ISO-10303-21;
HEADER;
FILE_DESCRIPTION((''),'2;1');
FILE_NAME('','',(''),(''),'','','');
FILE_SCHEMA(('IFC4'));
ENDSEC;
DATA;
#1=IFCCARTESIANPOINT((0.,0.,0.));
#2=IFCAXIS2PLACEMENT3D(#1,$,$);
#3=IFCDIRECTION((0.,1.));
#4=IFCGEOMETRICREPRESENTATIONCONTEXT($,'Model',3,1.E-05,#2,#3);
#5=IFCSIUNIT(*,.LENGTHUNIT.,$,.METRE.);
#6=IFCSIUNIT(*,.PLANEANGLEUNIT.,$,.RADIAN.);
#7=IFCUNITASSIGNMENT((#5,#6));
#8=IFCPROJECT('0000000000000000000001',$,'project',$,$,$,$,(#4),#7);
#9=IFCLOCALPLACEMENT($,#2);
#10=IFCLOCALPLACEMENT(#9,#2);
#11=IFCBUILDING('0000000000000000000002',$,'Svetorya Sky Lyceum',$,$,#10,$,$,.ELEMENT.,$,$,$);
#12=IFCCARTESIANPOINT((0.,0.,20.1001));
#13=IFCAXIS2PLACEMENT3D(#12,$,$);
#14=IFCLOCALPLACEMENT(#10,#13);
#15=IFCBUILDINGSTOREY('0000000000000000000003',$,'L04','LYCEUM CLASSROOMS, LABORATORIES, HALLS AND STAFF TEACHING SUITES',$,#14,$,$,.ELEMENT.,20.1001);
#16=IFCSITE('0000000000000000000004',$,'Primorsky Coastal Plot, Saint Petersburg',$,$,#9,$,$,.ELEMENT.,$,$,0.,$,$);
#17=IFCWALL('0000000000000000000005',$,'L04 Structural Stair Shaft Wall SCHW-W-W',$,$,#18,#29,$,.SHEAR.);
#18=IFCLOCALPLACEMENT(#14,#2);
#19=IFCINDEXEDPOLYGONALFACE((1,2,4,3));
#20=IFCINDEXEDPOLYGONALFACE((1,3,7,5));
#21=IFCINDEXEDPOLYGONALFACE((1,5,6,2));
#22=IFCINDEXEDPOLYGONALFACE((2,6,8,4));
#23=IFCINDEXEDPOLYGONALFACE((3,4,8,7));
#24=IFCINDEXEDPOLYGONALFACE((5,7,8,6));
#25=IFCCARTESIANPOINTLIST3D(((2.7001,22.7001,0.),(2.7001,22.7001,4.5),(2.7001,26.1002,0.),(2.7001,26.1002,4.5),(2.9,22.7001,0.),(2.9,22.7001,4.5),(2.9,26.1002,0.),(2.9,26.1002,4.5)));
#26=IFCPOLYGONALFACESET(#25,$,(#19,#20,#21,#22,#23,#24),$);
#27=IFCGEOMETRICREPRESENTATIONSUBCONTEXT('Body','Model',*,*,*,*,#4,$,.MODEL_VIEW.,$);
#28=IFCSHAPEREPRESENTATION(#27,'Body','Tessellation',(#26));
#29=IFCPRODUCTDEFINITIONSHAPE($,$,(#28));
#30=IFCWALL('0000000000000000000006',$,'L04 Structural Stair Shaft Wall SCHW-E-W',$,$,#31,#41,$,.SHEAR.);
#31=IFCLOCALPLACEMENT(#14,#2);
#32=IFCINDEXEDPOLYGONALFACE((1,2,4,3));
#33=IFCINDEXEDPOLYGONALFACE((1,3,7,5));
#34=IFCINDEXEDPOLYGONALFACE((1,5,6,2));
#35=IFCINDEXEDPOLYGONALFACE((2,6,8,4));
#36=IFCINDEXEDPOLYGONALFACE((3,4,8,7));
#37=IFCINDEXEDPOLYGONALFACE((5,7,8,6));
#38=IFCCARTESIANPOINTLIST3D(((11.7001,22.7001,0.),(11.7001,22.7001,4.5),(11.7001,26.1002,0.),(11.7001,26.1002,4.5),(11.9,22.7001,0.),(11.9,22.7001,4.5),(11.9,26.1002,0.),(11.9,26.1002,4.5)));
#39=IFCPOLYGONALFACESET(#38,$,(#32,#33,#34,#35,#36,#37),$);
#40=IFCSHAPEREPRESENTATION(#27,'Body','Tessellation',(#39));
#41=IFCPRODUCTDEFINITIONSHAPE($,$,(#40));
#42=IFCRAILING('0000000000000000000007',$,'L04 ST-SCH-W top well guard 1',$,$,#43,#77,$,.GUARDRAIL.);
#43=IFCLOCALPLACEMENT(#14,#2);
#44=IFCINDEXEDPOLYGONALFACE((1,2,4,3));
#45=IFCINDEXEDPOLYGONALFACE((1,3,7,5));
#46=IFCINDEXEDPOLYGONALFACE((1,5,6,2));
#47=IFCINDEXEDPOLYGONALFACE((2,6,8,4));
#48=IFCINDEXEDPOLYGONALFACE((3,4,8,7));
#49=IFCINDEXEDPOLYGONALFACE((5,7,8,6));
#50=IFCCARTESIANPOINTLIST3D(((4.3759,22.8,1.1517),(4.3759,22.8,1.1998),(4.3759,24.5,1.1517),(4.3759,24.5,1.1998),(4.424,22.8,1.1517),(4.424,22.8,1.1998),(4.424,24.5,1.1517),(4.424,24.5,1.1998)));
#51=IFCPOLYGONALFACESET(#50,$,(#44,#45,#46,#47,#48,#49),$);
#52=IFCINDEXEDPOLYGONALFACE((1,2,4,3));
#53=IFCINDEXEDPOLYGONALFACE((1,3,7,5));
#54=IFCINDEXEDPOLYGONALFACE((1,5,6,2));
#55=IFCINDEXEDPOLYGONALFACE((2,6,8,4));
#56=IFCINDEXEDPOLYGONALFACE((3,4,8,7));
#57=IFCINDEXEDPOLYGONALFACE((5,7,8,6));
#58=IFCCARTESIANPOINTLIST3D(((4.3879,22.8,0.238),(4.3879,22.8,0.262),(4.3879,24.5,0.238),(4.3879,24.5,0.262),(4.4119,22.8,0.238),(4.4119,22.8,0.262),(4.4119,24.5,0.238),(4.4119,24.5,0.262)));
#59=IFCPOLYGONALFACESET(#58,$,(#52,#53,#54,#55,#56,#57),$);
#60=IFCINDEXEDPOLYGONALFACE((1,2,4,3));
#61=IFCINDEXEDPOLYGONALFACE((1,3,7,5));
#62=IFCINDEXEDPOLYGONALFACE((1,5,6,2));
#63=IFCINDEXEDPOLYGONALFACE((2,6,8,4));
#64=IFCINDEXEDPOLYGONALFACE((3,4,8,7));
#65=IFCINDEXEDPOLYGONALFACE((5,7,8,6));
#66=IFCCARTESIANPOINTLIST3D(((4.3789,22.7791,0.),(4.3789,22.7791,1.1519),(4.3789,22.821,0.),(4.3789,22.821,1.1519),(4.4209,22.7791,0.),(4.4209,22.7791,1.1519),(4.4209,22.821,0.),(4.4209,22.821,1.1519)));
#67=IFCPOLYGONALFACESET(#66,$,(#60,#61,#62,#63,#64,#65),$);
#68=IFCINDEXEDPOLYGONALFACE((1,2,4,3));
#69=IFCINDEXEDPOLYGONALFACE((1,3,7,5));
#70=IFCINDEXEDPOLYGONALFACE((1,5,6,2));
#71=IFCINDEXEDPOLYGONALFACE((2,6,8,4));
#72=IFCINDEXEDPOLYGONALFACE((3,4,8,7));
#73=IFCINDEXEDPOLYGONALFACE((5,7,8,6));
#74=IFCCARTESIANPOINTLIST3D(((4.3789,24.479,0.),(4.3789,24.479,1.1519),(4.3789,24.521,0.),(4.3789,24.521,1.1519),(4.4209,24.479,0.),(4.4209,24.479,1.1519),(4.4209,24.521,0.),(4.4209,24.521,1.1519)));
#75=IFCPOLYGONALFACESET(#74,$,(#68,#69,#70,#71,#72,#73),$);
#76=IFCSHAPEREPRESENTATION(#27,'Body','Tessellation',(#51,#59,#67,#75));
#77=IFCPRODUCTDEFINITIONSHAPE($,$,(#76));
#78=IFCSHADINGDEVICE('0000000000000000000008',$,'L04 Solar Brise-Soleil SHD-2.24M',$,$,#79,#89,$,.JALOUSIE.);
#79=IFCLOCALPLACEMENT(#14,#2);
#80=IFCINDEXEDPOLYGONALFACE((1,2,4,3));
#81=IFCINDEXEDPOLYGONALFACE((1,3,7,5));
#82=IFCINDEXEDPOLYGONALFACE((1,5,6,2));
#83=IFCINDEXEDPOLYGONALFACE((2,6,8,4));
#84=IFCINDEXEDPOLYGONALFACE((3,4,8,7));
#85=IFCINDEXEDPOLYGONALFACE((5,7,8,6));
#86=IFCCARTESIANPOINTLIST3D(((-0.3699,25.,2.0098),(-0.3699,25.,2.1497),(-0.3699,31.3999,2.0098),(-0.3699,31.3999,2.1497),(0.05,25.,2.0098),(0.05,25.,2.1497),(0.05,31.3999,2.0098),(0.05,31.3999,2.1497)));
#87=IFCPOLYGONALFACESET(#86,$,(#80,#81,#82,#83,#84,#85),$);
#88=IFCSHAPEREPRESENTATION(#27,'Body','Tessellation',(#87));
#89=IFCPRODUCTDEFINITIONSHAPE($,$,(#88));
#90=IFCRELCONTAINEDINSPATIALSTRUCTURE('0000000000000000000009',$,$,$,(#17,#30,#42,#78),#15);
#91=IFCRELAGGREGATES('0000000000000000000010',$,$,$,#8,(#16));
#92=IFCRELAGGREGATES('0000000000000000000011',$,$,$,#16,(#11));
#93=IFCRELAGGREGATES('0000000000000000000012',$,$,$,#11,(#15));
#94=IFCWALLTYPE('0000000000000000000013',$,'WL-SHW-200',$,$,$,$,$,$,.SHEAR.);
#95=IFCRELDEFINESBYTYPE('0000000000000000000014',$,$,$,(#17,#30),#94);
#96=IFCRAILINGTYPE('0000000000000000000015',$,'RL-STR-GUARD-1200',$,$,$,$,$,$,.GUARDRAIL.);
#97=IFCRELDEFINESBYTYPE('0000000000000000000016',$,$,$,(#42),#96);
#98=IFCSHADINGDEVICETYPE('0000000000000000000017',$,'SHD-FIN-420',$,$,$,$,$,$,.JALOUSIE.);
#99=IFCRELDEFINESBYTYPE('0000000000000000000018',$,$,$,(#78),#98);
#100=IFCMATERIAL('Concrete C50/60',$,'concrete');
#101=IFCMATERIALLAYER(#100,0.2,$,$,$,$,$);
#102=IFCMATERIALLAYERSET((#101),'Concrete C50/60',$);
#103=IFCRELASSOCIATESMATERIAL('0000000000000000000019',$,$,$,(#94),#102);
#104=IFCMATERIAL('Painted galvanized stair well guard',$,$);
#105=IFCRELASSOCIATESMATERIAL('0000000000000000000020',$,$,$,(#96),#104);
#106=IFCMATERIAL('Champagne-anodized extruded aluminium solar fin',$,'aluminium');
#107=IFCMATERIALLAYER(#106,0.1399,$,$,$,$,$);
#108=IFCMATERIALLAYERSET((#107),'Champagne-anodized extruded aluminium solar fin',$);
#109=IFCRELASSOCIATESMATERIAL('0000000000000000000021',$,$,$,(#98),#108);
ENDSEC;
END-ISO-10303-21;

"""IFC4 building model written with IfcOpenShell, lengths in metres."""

from ifc_helpers import new_model, si_unit, direction, frame, frame_2d, origin, origin_2d, place, context, subcontext, project, spatial, rectangle, extrude, material, layer, layer_set, type_object, element, save


model = new_model("IFC4")

# Units and contexts
model_context = context("Model", 3, precision=1e-05, world=origin(), true_north=direction((0.0, 1.0)))
body_context = subcontext(model_context, "Body", "Model", "MODEL_VIEW")
ifc_project = project(units=[si_unit("LENGTHUNIT", "METRE"), si_unit("PLANEANGLEUNIT", "RADIAN")], contexts=[model_context])

# Site, building, storey
site_placement = place(None, origin())
site = spatial("IfcSite", under=ifc_project, at=site_placement, Name="Primorsky Coastal Plot, Saint Petersburg", CompositionType="ELEMENT", RefElevation=0.0)
building_placement = place(site_placement, origin())
building = spatial("IfcBuilding", under=site, at=building_placement, Name="Svetorya Sky Lyceum", CompositionType="ELEMENT")
storey_placement = place(building_placement, frame((0.0, 0.0, 20.1001)))
storey = spatial("IfcBuildingStorey", under=building, at=storey_placement, Name="L04", Description="LYCEUM CLASSROOMS, LABORATORIES, HALLS AND STAFF TEACHING SUITES", CompositionType="ELEMENT", Elevation=20.1001)

# Shared definitions
ifc_material_1 = material(Name="Concrete C50/60", Category="concrete")

# Walls
ifc_layer_1 = layer(ifc_material_1, 0.2)
ifc_layer_set_1 = layer_set([ifc_layer_1], Name="Concrete C50/60")
wall_type_1 = type_object("IfcWallType", Name="WL-SHW-200", PredefinedType="SHEAR", material=ifc_layer_set_1)
for number, where, z_axis, x_axis, name in (
    (1, (2.8, 22.7, 0.0), (0.0, 0.0, 1.0), (0.0, 1.0, 0.0), "L04 Structural Stair Shaft Wall SCHW-W-W"),
    (2, (11.8, 22.7, 0.0), (0.0, 0.0, 1.0), (0.0, 1.0, 0.0), "L04 Structural Stair Shaft Wall SCHW-E-W"),
):
    element("IfcWall", number, at=place(storey_placement, frame(where, z_axis=z_axis, x_axis=x_axis)), inside=storey, type_object=wall_type_1, Name=name, PredefinedType="SHEAR", context=body_context, shape_type="SweptSolid", body=[
        extrude(rectangle(XDim=3.4001, YDim=0.2, at=frame_2d((1.7002, 0.0))), origin(), (0.0, 0.0, 1.0), 4.5),
    ])

# Railing
ifc_material_2 = material(Name="Painted galvanized stair well guard")
railing_type = type_object("IfcRailingType", Name="RL-STR-GUARD-1200", PredefinedType="GUARDRAIL", material=ifc_material_2)
railing_placement = place(storey_placement, frame((4.3999, 22.8, 0.0)))
element("IfcRailing", 3, at=railing_placement, inside=storey, type_object=railing_type, Name="L04 ST-SCH-W top well guard 1", PredefinedType="GUARDRAIL", context=body_context, shape_type="SweptSolid", body=[
    extrude(rectangle(XDim=0.0481, YDim=0.0481, at=origin_2d()), frame((0.0, 0.0, 1.1758), z_axis=(0.0, 1.0, 0.0), x_axis=(-1.0, 0.0, 0.0)), (0.0, 0.0, 1.0), 1.7),
    extrude(rectangle(XDim=0.0239, YDim=0.0239, at=origin_2d()), frame((0.0, 0.0, 0.25), z_axis=(0.0, 1.0, 0.0), x_axis=(-1.0, 0.0, 0.0)), (0.0, 0.0, 1.0), 1.7),
    extrude(rectangle(XDim=0.042, YDim=0.042, at=origin_2d()), origin(), (0.0, 0.0, 1.0), 1.1519),
    extrude(rectangle(XDim=0.042, YDim=0.042, at=origin_2d()), frame((0.0, 1.7, 0.0)), (0.0, 0.0, 1.0), 1.1519),
])

# Shading device
ifc_material_3 = material(Name="Champagne-anodized extruded aluminium solar fin", Category="aluminium")
ifc_layer_2 = layer(ifc_material_3, 0.1399)
ifc_layer_set_2 = layer_set([ifc_layer_2], Name="Champagne-anodized extruded aluminium solar fin")
shading_device_type = type_object("IfcShadingDeviceType", Name="SHD-FIN-420", PredefinedType="JALOUSIE", material=ifc_layer_set_2)
shading_device_placement = place(storey_placement, frame((-0.1599, 28.2, 2.0098), z_axis=(0.0, 0.0, 1.0), x_axis=(1.0, 0.0, 0.0)))
element("IfcShadingDevice", 4, at=shading_device_placement, inside=storey, type_object=shading_device_type, Name="L04 Solar Brise-Soleil SHD-2.24M", PredefinedType="JALOUSIE", context=body_context, shape_type="SweptSolid", body=[
    extrude(rectangle(XDim=0.4199, YDim=6.3999, at=origin_2d()), origin(), (0.0, 0.0, 1.0), 0.1399),
])

save(model, "model.ifc")
